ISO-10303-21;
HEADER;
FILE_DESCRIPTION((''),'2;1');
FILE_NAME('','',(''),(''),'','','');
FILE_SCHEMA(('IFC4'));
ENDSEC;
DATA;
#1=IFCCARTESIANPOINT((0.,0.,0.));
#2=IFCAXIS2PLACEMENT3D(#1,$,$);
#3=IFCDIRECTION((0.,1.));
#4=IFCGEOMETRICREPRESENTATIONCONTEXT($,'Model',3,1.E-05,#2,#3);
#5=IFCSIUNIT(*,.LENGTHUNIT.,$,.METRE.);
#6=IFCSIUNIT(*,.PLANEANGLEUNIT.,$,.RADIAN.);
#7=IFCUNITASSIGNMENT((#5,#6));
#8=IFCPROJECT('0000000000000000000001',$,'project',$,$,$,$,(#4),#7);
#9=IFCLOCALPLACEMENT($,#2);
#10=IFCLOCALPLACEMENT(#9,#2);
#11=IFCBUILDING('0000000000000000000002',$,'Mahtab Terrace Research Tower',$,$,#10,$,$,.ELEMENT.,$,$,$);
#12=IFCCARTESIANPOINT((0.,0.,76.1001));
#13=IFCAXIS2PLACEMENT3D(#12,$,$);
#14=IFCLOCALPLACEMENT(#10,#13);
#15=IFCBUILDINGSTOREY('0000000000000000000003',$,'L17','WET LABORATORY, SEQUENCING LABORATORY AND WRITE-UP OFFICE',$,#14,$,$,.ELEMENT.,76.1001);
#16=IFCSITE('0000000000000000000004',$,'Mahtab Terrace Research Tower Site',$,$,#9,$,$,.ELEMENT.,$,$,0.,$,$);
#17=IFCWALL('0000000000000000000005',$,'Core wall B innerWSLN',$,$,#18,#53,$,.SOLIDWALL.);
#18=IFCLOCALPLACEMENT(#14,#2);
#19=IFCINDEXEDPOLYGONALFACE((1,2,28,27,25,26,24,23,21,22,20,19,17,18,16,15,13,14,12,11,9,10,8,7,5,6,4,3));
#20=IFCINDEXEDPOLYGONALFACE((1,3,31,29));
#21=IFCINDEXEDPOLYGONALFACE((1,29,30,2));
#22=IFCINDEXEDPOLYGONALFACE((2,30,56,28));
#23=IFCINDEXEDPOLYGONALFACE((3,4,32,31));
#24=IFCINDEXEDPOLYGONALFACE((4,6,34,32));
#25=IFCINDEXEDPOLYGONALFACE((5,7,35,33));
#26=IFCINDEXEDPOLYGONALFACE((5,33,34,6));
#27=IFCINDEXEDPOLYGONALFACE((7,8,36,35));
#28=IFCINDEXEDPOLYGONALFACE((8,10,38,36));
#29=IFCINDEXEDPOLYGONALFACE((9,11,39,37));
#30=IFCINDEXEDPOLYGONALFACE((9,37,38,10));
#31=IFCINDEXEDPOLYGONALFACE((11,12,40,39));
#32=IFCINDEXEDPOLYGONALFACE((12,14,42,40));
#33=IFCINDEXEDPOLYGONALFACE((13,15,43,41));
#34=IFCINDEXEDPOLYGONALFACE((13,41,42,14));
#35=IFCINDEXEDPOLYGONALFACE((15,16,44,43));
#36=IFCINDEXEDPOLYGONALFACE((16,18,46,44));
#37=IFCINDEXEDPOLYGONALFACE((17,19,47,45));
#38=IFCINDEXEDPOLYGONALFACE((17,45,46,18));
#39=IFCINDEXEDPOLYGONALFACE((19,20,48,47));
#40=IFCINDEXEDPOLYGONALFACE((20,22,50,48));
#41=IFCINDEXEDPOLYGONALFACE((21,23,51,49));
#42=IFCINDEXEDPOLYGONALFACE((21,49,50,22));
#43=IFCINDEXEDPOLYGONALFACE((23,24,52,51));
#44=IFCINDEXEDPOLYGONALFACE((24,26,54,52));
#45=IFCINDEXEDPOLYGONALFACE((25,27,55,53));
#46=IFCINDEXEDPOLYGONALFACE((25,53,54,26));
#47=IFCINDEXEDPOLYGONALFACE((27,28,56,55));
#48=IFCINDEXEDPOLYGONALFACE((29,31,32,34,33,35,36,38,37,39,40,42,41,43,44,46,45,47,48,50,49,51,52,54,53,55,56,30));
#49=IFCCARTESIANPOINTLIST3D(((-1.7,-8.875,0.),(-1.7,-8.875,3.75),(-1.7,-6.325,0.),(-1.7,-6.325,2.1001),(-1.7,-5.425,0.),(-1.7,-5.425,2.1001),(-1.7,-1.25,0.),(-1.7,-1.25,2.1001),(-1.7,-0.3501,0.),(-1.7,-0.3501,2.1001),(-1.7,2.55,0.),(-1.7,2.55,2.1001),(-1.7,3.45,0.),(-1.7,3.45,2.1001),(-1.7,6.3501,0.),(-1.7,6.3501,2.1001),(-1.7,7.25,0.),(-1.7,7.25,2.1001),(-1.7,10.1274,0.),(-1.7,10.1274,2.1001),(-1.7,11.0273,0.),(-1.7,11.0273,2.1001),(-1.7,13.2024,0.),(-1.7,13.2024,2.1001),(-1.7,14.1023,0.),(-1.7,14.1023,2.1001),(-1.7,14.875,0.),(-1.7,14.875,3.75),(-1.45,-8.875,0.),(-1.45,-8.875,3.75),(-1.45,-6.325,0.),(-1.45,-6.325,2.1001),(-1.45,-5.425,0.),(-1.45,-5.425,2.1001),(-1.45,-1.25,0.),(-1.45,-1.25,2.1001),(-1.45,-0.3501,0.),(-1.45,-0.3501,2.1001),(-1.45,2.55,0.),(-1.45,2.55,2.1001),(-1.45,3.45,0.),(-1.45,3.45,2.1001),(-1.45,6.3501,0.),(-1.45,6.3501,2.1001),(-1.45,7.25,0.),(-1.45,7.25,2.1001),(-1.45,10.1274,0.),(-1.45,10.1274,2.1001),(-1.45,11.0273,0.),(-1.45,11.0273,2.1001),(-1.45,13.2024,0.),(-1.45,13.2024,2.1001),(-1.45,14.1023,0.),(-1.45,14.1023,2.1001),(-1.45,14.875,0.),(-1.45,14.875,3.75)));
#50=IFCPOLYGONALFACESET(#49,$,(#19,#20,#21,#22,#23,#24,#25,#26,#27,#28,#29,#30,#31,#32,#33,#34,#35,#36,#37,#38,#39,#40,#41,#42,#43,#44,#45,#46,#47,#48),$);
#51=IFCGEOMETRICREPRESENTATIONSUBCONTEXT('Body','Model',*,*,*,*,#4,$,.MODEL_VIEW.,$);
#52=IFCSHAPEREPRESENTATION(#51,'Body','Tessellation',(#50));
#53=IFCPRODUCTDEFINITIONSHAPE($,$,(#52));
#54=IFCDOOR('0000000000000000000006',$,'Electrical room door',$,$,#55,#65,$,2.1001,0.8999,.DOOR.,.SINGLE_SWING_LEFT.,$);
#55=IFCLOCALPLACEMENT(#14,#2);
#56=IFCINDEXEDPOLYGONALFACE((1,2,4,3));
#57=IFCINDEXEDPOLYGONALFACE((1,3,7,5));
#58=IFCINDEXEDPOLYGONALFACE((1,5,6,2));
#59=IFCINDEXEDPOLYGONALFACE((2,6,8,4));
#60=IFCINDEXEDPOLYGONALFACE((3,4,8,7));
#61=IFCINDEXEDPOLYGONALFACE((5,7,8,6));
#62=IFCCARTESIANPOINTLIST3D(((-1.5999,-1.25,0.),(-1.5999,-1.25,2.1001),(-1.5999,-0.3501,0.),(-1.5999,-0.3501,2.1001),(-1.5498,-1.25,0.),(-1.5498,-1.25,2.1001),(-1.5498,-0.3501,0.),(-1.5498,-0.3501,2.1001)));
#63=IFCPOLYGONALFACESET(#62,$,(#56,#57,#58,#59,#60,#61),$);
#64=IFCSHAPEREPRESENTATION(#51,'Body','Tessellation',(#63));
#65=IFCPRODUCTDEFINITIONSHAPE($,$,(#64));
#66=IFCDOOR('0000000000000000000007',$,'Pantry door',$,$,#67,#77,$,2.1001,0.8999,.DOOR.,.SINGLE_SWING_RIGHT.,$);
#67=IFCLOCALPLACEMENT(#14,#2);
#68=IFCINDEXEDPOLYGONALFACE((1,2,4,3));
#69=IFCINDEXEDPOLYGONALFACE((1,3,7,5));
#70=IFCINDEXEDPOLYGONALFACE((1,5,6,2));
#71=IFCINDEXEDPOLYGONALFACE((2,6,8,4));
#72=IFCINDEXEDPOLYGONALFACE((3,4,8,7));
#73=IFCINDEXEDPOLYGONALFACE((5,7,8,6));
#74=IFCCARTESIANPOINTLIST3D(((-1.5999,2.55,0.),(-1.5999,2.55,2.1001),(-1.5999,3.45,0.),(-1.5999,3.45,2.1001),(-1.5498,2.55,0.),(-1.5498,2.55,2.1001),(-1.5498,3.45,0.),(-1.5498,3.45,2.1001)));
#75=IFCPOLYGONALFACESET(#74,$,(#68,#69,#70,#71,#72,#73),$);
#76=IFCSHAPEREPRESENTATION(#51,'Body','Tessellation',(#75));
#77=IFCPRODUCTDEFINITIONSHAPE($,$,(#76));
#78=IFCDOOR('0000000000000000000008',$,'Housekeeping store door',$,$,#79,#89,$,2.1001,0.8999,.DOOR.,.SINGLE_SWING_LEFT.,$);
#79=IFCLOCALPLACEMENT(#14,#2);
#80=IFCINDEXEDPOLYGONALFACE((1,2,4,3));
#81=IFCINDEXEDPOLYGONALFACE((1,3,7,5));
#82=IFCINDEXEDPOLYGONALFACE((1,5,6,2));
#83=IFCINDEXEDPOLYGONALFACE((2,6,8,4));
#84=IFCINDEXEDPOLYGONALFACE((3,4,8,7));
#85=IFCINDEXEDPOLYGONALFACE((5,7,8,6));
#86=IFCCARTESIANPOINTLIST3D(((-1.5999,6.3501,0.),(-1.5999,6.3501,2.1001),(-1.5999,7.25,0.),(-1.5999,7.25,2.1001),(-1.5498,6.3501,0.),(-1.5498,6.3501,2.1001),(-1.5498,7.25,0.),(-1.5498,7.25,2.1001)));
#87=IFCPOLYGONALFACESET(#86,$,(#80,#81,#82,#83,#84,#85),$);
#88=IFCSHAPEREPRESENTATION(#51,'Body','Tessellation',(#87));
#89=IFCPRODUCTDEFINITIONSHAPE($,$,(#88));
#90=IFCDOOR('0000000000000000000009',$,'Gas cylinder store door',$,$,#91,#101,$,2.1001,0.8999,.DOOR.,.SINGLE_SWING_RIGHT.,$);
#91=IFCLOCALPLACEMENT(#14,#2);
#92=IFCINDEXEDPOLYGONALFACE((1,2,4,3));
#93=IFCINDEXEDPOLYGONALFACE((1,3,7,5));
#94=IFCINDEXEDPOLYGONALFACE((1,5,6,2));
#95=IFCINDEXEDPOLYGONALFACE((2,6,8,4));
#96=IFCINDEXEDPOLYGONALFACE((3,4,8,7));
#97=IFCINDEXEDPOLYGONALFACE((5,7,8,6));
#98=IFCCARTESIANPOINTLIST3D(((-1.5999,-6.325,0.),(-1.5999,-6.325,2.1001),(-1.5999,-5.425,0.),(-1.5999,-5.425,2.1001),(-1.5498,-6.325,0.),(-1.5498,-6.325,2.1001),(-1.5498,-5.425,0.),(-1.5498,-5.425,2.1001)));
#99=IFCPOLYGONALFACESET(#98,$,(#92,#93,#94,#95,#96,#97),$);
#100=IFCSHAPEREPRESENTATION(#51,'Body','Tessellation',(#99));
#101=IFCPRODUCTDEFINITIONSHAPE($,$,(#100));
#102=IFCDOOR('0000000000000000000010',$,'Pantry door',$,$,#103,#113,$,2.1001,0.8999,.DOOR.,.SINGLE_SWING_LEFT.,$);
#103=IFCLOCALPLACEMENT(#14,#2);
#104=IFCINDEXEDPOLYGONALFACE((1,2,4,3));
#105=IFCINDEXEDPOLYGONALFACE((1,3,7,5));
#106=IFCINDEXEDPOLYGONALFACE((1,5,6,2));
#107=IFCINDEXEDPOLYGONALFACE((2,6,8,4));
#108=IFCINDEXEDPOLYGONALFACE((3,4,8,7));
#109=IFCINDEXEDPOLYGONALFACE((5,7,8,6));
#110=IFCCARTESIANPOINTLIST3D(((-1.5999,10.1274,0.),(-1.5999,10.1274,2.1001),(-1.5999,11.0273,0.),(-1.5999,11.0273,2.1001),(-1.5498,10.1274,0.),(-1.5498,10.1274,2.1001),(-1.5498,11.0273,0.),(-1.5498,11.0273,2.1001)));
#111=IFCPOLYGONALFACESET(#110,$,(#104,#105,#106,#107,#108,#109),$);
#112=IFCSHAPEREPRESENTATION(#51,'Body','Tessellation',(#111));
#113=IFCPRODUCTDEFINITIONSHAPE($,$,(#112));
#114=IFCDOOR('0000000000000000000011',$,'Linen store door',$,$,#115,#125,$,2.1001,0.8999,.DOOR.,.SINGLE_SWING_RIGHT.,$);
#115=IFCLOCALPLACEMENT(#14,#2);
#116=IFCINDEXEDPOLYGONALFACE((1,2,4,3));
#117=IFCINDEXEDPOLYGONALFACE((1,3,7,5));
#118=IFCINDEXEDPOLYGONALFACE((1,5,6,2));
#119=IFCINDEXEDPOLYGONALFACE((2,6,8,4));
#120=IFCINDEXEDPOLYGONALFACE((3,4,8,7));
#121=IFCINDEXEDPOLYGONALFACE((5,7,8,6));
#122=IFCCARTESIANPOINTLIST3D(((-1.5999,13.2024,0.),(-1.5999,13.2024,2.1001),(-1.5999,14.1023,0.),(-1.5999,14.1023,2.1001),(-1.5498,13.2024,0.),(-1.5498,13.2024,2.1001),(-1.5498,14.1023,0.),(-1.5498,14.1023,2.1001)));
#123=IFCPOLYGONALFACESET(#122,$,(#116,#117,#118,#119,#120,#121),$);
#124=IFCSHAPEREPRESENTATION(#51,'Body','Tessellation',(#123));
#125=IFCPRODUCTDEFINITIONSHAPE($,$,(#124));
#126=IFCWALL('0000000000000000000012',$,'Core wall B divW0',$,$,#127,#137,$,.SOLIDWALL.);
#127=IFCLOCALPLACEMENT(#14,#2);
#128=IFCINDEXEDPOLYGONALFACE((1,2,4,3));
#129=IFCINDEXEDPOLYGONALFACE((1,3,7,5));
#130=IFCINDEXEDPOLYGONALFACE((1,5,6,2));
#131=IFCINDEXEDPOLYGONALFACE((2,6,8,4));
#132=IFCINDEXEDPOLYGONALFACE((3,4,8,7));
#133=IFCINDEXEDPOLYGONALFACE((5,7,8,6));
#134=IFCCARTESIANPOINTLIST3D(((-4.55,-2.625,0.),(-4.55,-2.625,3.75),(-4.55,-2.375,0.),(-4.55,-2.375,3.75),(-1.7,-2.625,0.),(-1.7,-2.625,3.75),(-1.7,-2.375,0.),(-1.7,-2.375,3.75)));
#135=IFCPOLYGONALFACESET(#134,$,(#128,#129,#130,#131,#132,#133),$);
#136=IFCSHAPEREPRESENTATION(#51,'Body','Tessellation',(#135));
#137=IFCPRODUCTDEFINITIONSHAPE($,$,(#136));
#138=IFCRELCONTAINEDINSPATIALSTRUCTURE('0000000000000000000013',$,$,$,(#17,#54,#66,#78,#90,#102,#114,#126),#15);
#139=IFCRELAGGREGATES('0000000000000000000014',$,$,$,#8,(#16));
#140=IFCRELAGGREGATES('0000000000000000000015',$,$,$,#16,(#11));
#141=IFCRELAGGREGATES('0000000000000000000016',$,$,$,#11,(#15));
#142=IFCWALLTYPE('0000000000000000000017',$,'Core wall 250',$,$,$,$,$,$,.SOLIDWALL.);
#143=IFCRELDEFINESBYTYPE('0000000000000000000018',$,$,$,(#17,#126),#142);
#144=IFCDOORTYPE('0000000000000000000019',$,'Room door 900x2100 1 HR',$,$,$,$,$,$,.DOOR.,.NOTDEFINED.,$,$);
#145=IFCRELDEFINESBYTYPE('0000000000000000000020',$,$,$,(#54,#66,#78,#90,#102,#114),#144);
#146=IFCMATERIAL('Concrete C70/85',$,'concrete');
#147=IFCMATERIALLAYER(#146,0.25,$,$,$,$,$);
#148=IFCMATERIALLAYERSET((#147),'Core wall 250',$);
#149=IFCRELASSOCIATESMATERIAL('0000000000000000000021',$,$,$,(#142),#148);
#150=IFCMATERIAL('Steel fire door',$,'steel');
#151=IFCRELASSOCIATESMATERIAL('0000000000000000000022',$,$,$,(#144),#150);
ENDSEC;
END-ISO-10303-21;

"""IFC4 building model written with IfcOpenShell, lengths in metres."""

from ifc_helpers import new_model, si_unit, direction, frame, frame_2d, origin, place, context, subcontext, project, spatial, rectangle, extrude, material, layer, layer_set, type_object, element, fill, save


model = new_model("IFC4")

# Units and contexts
model_context = context("Model", 3, precision=1e-05, world=origin(), true_north=direction((0.0, 1.0)))
body_context = subcontext(model_context, "Body", "Model", "MODEL_VIEW")
ifc_project = project(units=[si_unit("LENGTHUNIT", "METRE"), si_unit("PLANEANGLEUNIT", "RADIAN")], contexts=[model_context])

# Site, building, storey
site_placement = place(None, origin())
site = spatial("IfcSite", under=ifc_project, at=site_placement, Name="Mahtab Terrace Research Tower Site", CompositionType="ELEMENT", RefElevation=0.0)
building_placement = place(site_placement, origin())
building = spatial("IfcBuilding", under=site, at=building_placement, Name="Mahtab Terrace Research Tower", CompositionType="ELEMENT")
storey_placement = place(building_placement, frame((0.0, 0.0, 76.1001)))
storey = spatial("IfcBuildingStorey", under=building, at=storey_placement, Name="L17", Description="WET LABORATORY, SEQUENCING LABORATORY AND WRITE-UP OFFICE", CompositionType="ELEMENT", Elevation=76.1001)

# Shared definitions
ifc_material_1 = material(Name="Concrete C70/85", Category="concrete")

# Wall, openings, doors
ifc_layer_1 = layer(ifc_material_1, 0.25)
ifc_layer_set_1 = layer_set([ifc_layer_1], Name="Core wall 250")
wall_type_1 = type_object("IfcWallType", Name="Core wall 250", PredefinedType="SOLIDWALL", material=ifc_layer_set_1)
wall_1_placement = place(storey_placement, frame((-1.575, -8.875, 0.0), z_axis=(0.0, 0.0, 1.0), x_axis=(0.0, 1.0, 0.0)))
wall_1 = element("IfcWall", 1, at=wall_1_placement, inside=storey, type_object=wall_type_1, Name="Core wall B innerWSLN", PredefinedType="SOLIDWALL", context=body_context, shape_type="SweptSolid", body=[
    extrude(rectangle(XDim=23.75, YDim=0.25, at=frame_2d((11.875, 0.0))), origin(), (0.0, 0.0, 1.0), 3.75),
])
opening_1_placement = place(wall_1_placement, frame((7.625, 0.0, 0.0)))
opening_1 = element("IfcOpeningElement", 2, at=opening_1_placement, cuts=wall_1, PredefinedType="OPENING", context=body_context, shape_type="SweptSolid", body=[
    extrude(rectangle(XDim=0.8999, YDim=2.1001, at=frame_2d((0.45, 1.05))), frame((0.0, 0.135, 0.0), z_axis=(0.0, -1.0, 0.0), x_axis=(1.0, 0.0, 0.0)), (0.0, 0.0, 1.0), 0.27),
])
opening_2_placement = place(wall_1_placement, frame((11.425, 0.0, 0.0)))
opening_2 = element("IfcOpeningElement", 3, at=opening_2_placement, cuts=wall_1, PredefinedType="OPENING", context=body_context, shape_type="SweptSolid", body=[
    extrude(rectangle(XDim=0.8999, YDim=2.1001, at=frame_2d((0.45, 1.05))), frame((0.0, 0.135, 0.0), z_axis=(0.0, -1.0, 0.0), x_axis=(1.0, 0.0, 0.0)), (0.0, 0.0, 1.0), 0.27),
])
opening_3_placement = place(wall_1_placement, frame((15.2251, 0.0, 0.0)))
opening_3 = element("IfcOpeningElement", 4, at=opening_3_placement, cuts=wall_1, PredefinedType="OPENING", context=body_context, shape_type="SweptSolid", body=[
    extrude(rectangle(XDim=0.8999, YDim=2.1001, at=frame_2d((0.45, 1.05))), frame((0.0, 0.135, 0.0), z_axis=(0.0, -1.0, 0.0), x_axis=(1.0, 0.0, 0.0)), (0.0, 0.0, 1.0), 0.27),
])
opening_4_placement = place(wall_1_placement, frame((2.55, 0.0, 0.0)))
opening_4 = element("IfcOpeningElement", 5, at=opening_4_placement, cuts=wall_1, PredefinedType="OPENING", context=body_context, shape_type="SweptSolid", body=[
    extrude(rectangle(XDim=0.8999, YDim=2.1001, at=frame_2d((0.45, 1.05))), frame((0.0, 0.135, 0.0), z_axis=(0.0, -1.0, 0.0), x_axis=(1.0, 0.0, 0.0)), (0.0, 0.0, 1.0), 0.27),
])
opening_5_placement = place(wall_1_placement, frame((19.0024, 0.0, 0.0)))
opening_5 = element("IfcOpeningElement", 6, at=opening_5_placement, cuts=wall_1, PredefinedType="OPENING", context=body_context, shape_type="SweptSolid", body=[
    extrude(rectangle(XDim=0.8999, YDim=2.1001, at=frame_2d((0.45, 1.05))), frame((0.0, 0.135, 0.0), z_axis=(0.0, -1.0, 0.0), x_axis=(1.0, 0.0, 0.0)), (0.0, 0.0, 1.0), 0.27),
])
opening_6_placement = place(wall_1_placement, frame((22.0774, 0.0, 0.0)))
opening_6 = element("IfcOpeningElement", 7, at=opening_6_placement, cuts=wall_1, PredefinedType="OPENING", context=body_context, shape_type="SweptSolid", body=[
    extrude(rectangle(XDim=0.8999, YDim=2.1001, at=frame_2d((0.45, 1.05))), frame((0.0, 0.135, 0.0), z_axis=(0.0, -1.0, 0.0), x_axis=(1.0, 0.0, 0.0)), (0.0, 0.0, 1.0), 0.27),
])
ifc_material_2 = material(Name="Steel fire door", Category="steel")
door_type_1 = type_object("IfcDoorType", Name="Room door 900x2100 1 HR", OperationType="NOTDEFINED", PredefinedType="DOOR", material=ifc_material_2)
door_1_placement = place(opening_1_placement, origin())
door_1 = element("IfcDoor", 8, at=door_1_placement, inside=storey, type_object=door_type_1, Name="Electrical room door", OperationType="SINGLE_SWING_LEFT", OverallHeight=2.1001, OverallWidth=0.8999, PredefinedType="DOOR", context=body_context, shape_type="SweptSolid", body=[
    extrude(rectangle(XDim=0.8999, YDim=2.1001, at=frame_2d((0.45, 1.05))), frame((0.0, 0.0249, 0.0), z_axis=(0.0, -1.0, 0.0), x_axis=(1.0, 0.0, 0.0)), (0.0, 0.0, 1.0), 0.05),
])
fill(opening_1, door_1)
door_2_placement = place(opening_2_placement, origin())
door_2 = element("IfcDoor", 9, at=door_2_placement, inside=storey, type_object=door_type_1, Name="Pantry door", OperationType="SINGLE_SWING_RIGHT", OverallHeight=2.1001, OverallWidth=0.8999, PredefinedType="DOOR", context=body_context, shape_type="SweptSolid", body=[
    extrude(rectangle(XDim=0.8999, YDim=2.1001, at=frame_2d((0.45, 1.05))), frame((0.0, 0.0249, 0.0), z_axis=(0.0, -1.0, 0.0), x_axis=(1.0, 0.0, 0.0)), (0.0, 0.0, 1.0), 0.05),
])
fill(opening_2, door_2)
door_3_placement = place(opening_3_placement, origin())
door_3 = element("IfcDoor", 10, at=door_3_placement, inside=storey, type_object=door_type_1, Name="Housekeeping store door", OperationType="SINGLE_SWING_LEFT", OverallHeight=2.1001, OverallWidth=0.8999, PredefinedType="DOOR", context=body_context, shape_type="SweptSolid", body=[
    extrude(rectangle(XDim=0.8999, YDim=2.1001, at=frame_2d((0.45, 1.05))), frame((0.0, 0.0249, 0.0), z_axis=(0.0, -1.0, 0.0), x_axis=(1.0, 0.0, 0.0)), (0.0, 0.0, 1.0), 0.05),
])
fill(opening_3, door_3)
door_4_placement = place(opening_4_placement, origin())
door_4 = element("IfcDoor", 11, at=door_4_placement, inside=storey, type_object=door_type_1, Name="Gas cylinder store door", OperationType="SINGLE_SWING_RIGHT", OverallHeight=2.1001, OverallWidth=0.8999, PredefinedType="DOOR", context=body_context, shape_type="SweptSolid", body=[
    extrude(rectangle(XDim=0.8999, YDim=2.1001, at=frame_2d((0.45, 1.05))), frame((0.0, 0.0249, 0.0), z_axis=(0.0, -1.0, 0.0), x_axis=(1.0, 0.0, 0.0)), (0.0, 0.0, 1.0), 0.05),
])
fill(opening_4, door_4)
door_5_placement = place(opening_5_placement, origin())
door_5 = element("IfcDoor", 12, at=door_5_placement, inside=storey, type_object=door_type_1, Name="Pantry door", OperationType="SINGLE_SWING_LEFT", OverallHeight=2.1001, OverallWidth=0.8999, PredefinedType="DOOR", context=body_context, shape_type="SweptSolid", body=[
    extrude(rectangle(XDim=0.8999, YDim=2.1001, at=frame_2d((0.45, 1.05))), frame((0.0, 0.0249, 0.0), z_axis=(0.0, -1.0, 0.0), x_axis=(1.0, 0.0, 0.0)), (0.0, 0.0, 1.0), 0.05),
])
fill(opening_5, door_5)
door_6_placement = place(opening_6_placement, origin())
door_6 = element("IfcDoor", 13, at=door_6_placement, inside=storey, type_object=door_type_1, Name="Linen store door", OperationType="SINGLE_SWING_RIGHT", OverallHeight=2.1001, OverallWidth=0.8999, PredefinedType="DOOR", context=body_context, shape_type="SweptSolid", body=[
    extrude(rectangle(XDim=0.8999, YDim=2.1001, at=frame_2d((0.45, 1.05))), frame((0.0, 0.0249, 0.0), z_axis=(0.0, -1.0, 0.0), x_axis=(1.0, 0.0, 0.0)), (0.0, 0.0, 1.0), 0.05),
])
fill(opening_6, door_6)

# Wall
wall_2_placement = place(storey_placement, frame((-4.55, -2.5, 0.0), z_axis=(0.0, 0.0, 1.0), x_axis=(1.0, 0.0, 0.0)))
element("IfcWall", 14, at=wall_2_placement, inside=storey, type_object=wall_type_1, Name="Core wall B divW0", PredefinedType="SOLIDWALL", context=body_context, shape_type="SweptSolid", body=[
    extrude(rectangle(XDim=2.8501, YDim=0.25, at=frame_2d((1.425, 0.0))), origin(), (0.0, 0.0, 1.0), 3.75),
])

save(model, "model.ifc")
